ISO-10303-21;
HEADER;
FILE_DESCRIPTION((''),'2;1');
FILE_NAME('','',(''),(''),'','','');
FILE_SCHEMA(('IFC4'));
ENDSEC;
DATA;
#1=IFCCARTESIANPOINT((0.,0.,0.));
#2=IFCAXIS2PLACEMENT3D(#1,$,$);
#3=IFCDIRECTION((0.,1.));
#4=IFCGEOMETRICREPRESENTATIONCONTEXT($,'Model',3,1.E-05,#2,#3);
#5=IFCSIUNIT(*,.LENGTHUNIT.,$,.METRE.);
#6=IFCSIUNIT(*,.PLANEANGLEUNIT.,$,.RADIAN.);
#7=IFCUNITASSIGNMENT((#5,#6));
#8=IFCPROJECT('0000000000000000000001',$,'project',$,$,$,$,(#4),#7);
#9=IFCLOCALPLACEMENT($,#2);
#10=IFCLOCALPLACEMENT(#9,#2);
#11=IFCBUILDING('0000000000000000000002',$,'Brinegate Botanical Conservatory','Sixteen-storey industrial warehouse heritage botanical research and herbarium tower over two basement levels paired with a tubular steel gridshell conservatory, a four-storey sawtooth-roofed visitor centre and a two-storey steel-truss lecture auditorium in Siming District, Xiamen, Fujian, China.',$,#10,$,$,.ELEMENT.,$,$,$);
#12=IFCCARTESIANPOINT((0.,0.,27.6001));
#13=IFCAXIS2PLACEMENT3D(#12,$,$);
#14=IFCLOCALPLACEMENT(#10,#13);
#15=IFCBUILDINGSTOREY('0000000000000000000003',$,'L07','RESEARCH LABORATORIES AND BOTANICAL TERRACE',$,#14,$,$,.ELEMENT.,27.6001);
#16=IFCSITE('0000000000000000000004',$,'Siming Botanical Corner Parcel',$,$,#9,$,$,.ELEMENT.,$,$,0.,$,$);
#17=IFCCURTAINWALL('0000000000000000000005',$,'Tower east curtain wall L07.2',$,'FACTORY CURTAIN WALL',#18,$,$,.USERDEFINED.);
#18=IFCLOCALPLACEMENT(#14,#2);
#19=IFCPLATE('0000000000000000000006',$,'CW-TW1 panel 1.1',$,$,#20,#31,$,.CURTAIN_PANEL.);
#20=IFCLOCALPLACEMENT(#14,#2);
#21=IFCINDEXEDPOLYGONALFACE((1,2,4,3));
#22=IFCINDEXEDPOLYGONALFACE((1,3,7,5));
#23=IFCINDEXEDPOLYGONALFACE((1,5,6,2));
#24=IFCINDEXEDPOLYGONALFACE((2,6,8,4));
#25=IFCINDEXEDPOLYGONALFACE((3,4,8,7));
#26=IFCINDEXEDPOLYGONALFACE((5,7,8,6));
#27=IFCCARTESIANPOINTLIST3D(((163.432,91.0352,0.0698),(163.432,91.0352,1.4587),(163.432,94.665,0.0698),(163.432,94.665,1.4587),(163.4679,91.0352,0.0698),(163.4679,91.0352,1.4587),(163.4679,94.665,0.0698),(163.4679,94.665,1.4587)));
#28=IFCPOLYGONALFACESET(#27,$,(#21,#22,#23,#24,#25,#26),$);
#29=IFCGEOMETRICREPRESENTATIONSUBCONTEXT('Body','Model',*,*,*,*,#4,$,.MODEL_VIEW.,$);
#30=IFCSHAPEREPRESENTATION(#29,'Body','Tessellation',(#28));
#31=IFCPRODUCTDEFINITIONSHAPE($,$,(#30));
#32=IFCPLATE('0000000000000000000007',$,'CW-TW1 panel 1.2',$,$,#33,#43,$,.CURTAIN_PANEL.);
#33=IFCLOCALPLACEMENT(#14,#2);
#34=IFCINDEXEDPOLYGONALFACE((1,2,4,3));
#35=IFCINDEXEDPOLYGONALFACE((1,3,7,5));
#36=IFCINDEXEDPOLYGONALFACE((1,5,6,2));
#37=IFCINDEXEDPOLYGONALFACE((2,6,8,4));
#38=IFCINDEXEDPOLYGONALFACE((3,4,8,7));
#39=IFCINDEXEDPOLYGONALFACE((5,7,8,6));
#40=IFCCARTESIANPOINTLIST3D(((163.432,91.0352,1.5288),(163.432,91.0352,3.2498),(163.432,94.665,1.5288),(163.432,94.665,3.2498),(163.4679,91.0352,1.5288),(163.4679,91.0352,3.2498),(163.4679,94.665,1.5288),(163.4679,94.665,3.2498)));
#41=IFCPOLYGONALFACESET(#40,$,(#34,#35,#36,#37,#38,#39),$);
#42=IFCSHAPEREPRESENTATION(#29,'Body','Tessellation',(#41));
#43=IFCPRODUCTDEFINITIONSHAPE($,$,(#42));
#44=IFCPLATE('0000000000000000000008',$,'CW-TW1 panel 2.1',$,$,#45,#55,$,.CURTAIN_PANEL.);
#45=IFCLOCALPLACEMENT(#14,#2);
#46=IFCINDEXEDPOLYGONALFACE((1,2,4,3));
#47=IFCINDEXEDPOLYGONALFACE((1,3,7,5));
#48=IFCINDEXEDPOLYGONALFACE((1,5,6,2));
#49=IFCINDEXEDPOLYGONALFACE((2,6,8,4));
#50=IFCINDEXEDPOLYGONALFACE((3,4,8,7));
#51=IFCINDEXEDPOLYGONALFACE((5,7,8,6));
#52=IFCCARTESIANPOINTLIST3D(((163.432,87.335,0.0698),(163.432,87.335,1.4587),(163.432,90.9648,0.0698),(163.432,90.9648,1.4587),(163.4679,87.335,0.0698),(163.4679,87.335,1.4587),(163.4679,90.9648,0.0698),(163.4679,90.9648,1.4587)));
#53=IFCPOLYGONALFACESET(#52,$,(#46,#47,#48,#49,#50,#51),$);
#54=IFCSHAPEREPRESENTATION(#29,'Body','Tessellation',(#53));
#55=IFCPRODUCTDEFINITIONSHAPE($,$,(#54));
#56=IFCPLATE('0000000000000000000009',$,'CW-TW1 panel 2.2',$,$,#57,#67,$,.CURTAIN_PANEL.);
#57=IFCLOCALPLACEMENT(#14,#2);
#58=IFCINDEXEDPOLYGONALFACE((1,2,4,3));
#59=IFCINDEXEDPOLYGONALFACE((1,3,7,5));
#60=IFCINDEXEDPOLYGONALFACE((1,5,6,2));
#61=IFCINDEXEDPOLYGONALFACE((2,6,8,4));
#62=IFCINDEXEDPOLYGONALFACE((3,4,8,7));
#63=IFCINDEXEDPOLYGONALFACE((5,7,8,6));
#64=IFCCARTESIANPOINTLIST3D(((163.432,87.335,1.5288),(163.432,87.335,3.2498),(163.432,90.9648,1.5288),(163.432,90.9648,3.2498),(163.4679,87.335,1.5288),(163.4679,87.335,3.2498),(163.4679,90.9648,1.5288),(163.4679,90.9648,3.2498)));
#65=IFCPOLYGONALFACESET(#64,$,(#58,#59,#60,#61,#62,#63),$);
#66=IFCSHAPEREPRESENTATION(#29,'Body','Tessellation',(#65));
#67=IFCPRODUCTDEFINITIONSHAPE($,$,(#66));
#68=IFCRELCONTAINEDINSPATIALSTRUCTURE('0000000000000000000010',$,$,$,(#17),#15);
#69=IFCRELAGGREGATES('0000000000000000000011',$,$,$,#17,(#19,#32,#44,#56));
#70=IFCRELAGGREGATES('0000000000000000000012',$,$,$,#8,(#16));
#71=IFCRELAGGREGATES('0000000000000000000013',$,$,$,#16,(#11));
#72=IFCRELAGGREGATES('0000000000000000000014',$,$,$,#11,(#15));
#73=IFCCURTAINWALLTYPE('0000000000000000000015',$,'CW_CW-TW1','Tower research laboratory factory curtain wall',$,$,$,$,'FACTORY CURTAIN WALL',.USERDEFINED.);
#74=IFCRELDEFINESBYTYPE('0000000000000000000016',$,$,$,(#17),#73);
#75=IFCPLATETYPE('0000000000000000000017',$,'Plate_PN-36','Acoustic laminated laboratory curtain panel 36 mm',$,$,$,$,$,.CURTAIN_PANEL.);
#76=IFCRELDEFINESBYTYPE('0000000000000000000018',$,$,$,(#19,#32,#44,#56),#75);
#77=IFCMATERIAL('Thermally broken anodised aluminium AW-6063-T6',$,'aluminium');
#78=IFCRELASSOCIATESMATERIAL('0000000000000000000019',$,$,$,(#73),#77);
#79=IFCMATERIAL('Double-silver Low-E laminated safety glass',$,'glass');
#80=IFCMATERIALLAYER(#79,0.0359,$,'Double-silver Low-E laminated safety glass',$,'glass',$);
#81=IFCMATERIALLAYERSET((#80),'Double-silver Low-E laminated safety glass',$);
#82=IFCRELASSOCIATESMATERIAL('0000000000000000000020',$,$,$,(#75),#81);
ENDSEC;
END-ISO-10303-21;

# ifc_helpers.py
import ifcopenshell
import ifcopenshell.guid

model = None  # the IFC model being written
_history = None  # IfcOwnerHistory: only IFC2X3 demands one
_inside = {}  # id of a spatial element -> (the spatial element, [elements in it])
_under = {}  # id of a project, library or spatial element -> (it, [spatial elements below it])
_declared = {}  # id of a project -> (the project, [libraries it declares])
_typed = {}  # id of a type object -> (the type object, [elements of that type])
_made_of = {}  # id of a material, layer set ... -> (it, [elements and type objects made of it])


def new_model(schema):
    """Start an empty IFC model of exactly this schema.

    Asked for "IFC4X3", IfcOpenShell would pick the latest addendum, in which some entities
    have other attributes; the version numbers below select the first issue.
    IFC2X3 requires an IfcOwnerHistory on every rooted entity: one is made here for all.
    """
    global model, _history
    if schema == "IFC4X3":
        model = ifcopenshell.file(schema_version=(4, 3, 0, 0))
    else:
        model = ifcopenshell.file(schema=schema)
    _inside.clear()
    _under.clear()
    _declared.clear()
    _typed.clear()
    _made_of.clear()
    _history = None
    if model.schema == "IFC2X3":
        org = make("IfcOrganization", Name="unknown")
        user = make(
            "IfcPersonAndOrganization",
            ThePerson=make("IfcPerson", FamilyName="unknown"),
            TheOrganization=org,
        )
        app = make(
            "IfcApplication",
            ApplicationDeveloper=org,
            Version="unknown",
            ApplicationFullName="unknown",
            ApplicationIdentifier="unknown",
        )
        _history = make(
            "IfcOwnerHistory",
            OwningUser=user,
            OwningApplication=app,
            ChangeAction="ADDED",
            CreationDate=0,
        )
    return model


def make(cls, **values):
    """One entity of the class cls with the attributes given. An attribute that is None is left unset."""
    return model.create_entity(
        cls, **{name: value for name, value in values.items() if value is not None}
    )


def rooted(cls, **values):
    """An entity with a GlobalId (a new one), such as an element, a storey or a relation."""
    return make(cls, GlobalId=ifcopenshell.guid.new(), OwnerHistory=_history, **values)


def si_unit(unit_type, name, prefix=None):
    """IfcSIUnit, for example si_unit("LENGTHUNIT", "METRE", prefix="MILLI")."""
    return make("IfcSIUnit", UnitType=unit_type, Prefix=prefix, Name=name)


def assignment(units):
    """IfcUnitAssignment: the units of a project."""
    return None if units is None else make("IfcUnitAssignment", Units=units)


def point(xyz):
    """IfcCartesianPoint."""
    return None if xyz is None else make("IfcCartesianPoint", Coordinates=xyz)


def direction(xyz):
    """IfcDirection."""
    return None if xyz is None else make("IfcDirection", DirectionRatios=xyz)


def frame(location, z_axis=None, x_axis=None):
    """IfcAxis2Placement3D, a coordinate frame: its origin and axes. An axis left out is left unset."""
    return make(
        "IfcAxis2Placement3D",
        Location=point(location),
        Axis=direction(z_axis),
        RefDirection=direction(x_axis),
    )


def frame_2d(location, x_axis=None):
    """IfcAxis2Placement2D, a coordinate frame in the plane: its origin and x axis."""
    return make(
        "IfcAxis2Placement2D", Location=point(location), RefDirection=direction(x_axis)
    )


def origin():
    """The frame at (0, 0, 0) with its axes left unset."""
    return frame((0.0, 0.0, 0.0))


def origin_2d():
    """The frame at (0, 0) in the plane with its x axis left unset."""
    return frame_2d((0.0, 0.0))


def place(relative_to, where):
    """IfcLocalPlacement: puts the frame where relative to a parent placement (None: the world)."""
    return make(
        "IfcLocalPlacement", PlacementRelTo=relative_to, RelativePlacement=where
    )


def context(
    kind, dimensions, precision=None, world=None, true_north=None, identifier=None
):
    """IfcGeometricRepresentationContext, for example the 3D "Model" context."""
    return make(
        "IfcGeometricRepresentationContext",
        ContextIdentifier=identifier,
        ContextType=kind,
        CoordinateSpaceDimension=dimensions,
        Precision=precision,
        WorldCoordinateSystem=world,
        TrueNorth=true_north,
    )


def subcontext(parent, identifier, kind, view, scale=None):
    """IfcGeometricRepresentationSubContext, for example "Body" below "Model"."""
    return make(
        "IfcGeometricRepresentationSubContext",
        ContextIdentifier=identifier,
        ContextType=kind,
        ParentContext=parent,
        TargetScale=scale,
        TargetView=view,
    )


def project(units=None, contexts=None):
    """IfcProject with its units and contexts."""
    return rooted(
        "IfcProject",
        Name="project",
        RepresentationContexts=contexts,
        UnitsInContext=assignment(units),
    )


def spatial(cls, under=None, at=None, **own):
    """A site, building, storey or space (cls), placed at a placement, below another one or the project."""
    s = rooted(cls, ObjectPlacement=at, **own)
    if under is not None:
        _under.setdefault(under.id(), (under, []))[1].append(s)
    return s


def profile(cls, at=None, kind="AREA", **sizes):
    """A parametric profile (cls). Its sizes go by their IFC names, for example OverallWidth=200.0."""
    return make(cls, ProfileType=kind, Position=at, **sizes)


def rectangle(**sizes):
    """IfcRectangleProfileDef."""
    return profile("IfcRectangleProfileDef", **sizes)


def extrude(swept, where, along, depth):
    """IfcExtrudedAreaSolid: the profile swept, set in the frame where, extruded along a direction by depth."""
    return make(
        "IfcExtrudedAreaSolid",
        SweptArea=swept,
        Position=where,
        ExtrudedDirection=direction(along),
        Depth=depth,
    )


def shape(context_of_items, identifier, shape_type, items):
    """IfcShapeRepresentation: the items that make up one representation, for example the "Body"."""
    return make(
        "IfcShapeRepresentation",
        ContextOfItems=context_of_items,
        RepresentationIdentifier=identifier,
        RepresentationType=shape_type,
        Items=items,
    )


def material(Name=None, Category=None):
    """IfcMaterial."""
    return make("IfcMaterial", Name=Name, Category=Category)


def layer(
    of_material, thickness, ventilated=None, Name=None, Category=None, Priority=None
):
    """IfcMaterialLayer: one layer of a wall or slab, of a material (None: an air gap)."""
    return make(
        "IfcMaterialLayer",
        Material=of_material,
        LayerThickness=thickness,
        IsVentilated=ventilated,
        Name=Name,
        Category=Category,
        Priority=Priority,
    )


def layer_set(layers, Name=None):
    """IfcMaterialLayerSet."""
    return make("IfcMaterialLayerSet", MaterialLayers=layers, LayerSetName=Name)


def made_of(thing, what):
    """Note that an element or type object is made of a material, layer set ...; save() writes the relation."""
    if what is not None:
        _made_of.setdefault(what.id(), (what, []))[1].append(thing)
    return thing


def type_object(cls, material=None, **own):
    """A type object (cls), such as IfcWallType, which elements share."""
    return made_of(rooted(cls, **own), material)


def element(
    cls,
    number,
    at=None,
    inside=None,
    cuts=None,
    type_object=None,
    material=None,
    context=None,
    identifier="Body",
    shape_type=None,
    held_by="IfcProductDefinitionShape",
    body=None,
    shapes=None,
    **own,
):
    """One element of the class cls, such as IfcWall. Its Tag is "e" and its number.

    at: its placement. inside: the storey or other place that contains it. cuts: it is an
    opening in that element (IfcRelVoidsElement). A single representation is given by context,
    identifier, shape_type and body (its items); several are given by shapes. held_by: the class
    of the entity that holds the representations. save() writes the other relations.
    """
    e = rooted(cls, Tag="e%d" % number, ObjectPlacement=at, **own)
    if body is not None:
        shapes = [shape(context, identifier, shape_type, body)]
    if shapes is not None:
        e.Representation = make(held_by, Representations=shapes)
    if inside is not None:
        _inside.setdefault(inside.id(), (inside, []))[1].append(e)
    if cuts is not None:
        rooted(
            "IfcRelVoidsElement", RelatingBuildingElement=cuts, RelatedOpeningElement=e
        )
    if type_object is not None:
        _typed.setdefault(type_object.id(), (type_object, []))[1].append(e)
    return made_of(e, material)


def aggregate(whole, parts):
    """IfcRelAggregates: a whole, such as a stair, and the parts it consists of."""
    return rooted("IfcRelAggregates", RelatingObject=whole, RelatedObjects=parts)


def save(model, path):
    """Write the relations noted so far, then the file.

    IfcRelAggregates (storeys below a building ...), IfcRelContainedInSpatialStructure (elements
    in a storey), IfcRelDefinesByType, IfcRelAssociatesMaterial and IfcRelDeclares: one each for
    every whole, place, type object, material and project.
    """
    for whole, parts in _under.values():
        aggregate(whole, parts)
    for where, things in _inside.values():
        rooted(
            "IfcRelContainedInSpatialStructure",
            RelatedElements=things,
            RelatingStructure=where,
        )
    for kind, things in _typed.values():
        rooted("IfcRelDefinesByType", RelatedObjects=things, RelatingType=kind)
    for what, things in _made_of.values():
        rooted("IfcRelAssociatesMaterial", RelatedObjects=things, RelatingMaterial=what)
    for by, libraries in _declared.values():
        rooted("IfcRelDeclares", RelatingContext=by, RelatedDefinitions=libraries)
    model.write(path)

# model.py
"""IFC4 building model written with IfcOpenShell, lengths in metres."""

from ifc_helpers import new_model, si_unit, direction, frame, origin, origin_2d, place, context, subcontext, project, spatial, rectangle, extrude, material, layer, layer_set, type_object, element, aggregate, save


model = new_model("IFC4")

# Units and contexts
model_context = context("Model", 3, precision=1e-05, world=origin(), true_north=direction((0.0, 1.0)))
body_context = subcontext(model_context, "Body", "Model", "MODEL_VIEW")
ifc_project = project(units=[si_unit("LENGTHUNIT", "METRE"), si_unit("PLANEANGLEUNIT", "RADIAN")], contexts=[model_context])

# Site, building, storey
site_placement = place(None, origin())
site = spatial("IfcSite", under=ifc_project, at=site_placement, Name="Siming Botanical Corner Parcel", CompositionType="ELEMENT", RefElevation=0.0)
building_placement = place(site_placement, origin())
building = spatial("IfcBuilding", under=site, at=building_placement, Name="Brinegate Botanical Conservatory", Description="Sixteen-storey industrial warehouse heritage botanical research and herbarium tower over two basement levels paired with a tubular steel gridshell conservatory, a four-storey sawtooth-roofed visitor centre and a two-storey steel-truss lecture auditorium in Siming District, Xiamen, Fujian, China.", CompositionType="ELEMENT")
storey_placement = place(building_placement, frame((0.0, 0.0, 27.6001)))
storey = spatial("IfcBuildingStorey", under=building, at=storey_placement, Name="L07", Description="RESEARCH LABORATORIES AND BOTANICAL TERRACE", CompositionType="ELEMENT", Elevation=27.6001)

# Shared definitions
ifc_material_1 = material(Name="Thermally broken anodised aluminium AW-6063-T6", Category="aluminium")
curtain_wall_type = type_object("IfcCurtainWallType", Name="CW_CW-TW1", Description="Tower research laboratory factory curtain wall", ElementType="FACTORY CURTAIN WALL", PredefinedType="USERDEFINED", material=ifc_material_1)

# Curtain wall
curtain_wall_1_placement = place(storey_placement, origin())
curtain_wall_1 = element("IfcCurtainWall", 1, at=curtain_wall_1_placement, inside=storey, type_object=curtain_wall_type, Name="Tower east curtain wall L07.2", ObjectType="FACTORY CURTAIN WALL", PredefinedType="USERDEFINED")

# Plates
ifc_material_2 = material(Name="Double-silver Low-E laminated safety glass", Category="glass")
ifc_layer = layer(ifc_material_2, 0.0359, Name="Double-silver Low-E laminated safety glass", Category="glass")
ifc_layer_set = layer_set([ifc_layer], Name="Double-silver Low-E laminated safety glass")
plate_type = type_object("IfcPlateType", Name="Plate_PN-36", Description="Acoustic laminated laboratory curtain panel 36 mm", PredefinedType="CURTAIN_PANEL", material=ifc_layer_set)
plate_1_placement = place(storey_placement, frame((163.45, 92.8501, 0.0698), z_axis=(0.0, 0.0, 1.0), x_axis=(0.0, -1.0, 0.0)))
plate_1 = element("IfcPlate", 2, at=plate_1_placement, type_object=plate_type, Name="CW-TW1 panel 1.1", PredefinedType="CURTAIN_PANEL", context=body_context, shape_type="SweptSolid", body=[
    extrude(rectangle(XDim=3.6299, YDim=0.0359, at=origin_2d()), origin(), (0.0, 0.0, 1.0), 1.3889),
])
plate_2_placement = place(storey_placement, frame((163.45, 92.8501, 1.5288), z_axis=(0.0, 0.0, 1.0), x_axis=(0.0, -1.0, 0.0)))
plate_2 = element("IfcPlate", 3, at=plate_2_placement, type_object=plate_type, Name="CW-TW1 panel 1.2", PredefinedType="CURTAIN_PANEL", context=body_context, shape_type="SweptSolid", body=[
    extrude(rectangle(XDim=3.6299, YDim=0.0359, at=origin_2d()), origin(), (0.0, 0.0, 1.0), 1.7209),
])
plate_3_placement = place(storey_placement, frame((163.45, 89.1499, 0.0698), z_axis=(0.0, 0.0, 1.0), x_axis=(0.0, -1.0, 0.0)))
plate_3 = element("IfcPlate", 4, at=plate_3_placement, type_object=plate_type, Name="CW-TW1 panel 2.1", PredefinedType="CURTAIN_PANEL", context=body_context, shape_type="SweptSolid", body=[
    extrude(rectangle(XDim=3.6299, YDim=0.0359, at=origin_2d()), origin(), (0.0, 0.0, 1.0), 1.3889),
])
plate_4_placement = place(storey_placement, frame((163.45, 89.1499, 1.5288), z_axis=(0.0, 0.0, 1.0), x_axis=(0.0, -1.0, 0.0)))
plate_4 = element("IfcPlate", 5, at=plate_4_placement, type_object=plate_type, Name="CW-TW1 panel 2.2", PredefinedType="CURTAIN_PANEL", context=body_context, shape_type="SweptSolid", body=[
    extrude(rectangle(XDim=3.6299, YDim=0.0359, at=origin_2d()), origin(), (0.0, 0.0, 1.0), 1.7209),
])
aggregate(curtain_wall_1, [plate_1, plate_2, plate_3, plate_4])

save(model, "model.ifc")
